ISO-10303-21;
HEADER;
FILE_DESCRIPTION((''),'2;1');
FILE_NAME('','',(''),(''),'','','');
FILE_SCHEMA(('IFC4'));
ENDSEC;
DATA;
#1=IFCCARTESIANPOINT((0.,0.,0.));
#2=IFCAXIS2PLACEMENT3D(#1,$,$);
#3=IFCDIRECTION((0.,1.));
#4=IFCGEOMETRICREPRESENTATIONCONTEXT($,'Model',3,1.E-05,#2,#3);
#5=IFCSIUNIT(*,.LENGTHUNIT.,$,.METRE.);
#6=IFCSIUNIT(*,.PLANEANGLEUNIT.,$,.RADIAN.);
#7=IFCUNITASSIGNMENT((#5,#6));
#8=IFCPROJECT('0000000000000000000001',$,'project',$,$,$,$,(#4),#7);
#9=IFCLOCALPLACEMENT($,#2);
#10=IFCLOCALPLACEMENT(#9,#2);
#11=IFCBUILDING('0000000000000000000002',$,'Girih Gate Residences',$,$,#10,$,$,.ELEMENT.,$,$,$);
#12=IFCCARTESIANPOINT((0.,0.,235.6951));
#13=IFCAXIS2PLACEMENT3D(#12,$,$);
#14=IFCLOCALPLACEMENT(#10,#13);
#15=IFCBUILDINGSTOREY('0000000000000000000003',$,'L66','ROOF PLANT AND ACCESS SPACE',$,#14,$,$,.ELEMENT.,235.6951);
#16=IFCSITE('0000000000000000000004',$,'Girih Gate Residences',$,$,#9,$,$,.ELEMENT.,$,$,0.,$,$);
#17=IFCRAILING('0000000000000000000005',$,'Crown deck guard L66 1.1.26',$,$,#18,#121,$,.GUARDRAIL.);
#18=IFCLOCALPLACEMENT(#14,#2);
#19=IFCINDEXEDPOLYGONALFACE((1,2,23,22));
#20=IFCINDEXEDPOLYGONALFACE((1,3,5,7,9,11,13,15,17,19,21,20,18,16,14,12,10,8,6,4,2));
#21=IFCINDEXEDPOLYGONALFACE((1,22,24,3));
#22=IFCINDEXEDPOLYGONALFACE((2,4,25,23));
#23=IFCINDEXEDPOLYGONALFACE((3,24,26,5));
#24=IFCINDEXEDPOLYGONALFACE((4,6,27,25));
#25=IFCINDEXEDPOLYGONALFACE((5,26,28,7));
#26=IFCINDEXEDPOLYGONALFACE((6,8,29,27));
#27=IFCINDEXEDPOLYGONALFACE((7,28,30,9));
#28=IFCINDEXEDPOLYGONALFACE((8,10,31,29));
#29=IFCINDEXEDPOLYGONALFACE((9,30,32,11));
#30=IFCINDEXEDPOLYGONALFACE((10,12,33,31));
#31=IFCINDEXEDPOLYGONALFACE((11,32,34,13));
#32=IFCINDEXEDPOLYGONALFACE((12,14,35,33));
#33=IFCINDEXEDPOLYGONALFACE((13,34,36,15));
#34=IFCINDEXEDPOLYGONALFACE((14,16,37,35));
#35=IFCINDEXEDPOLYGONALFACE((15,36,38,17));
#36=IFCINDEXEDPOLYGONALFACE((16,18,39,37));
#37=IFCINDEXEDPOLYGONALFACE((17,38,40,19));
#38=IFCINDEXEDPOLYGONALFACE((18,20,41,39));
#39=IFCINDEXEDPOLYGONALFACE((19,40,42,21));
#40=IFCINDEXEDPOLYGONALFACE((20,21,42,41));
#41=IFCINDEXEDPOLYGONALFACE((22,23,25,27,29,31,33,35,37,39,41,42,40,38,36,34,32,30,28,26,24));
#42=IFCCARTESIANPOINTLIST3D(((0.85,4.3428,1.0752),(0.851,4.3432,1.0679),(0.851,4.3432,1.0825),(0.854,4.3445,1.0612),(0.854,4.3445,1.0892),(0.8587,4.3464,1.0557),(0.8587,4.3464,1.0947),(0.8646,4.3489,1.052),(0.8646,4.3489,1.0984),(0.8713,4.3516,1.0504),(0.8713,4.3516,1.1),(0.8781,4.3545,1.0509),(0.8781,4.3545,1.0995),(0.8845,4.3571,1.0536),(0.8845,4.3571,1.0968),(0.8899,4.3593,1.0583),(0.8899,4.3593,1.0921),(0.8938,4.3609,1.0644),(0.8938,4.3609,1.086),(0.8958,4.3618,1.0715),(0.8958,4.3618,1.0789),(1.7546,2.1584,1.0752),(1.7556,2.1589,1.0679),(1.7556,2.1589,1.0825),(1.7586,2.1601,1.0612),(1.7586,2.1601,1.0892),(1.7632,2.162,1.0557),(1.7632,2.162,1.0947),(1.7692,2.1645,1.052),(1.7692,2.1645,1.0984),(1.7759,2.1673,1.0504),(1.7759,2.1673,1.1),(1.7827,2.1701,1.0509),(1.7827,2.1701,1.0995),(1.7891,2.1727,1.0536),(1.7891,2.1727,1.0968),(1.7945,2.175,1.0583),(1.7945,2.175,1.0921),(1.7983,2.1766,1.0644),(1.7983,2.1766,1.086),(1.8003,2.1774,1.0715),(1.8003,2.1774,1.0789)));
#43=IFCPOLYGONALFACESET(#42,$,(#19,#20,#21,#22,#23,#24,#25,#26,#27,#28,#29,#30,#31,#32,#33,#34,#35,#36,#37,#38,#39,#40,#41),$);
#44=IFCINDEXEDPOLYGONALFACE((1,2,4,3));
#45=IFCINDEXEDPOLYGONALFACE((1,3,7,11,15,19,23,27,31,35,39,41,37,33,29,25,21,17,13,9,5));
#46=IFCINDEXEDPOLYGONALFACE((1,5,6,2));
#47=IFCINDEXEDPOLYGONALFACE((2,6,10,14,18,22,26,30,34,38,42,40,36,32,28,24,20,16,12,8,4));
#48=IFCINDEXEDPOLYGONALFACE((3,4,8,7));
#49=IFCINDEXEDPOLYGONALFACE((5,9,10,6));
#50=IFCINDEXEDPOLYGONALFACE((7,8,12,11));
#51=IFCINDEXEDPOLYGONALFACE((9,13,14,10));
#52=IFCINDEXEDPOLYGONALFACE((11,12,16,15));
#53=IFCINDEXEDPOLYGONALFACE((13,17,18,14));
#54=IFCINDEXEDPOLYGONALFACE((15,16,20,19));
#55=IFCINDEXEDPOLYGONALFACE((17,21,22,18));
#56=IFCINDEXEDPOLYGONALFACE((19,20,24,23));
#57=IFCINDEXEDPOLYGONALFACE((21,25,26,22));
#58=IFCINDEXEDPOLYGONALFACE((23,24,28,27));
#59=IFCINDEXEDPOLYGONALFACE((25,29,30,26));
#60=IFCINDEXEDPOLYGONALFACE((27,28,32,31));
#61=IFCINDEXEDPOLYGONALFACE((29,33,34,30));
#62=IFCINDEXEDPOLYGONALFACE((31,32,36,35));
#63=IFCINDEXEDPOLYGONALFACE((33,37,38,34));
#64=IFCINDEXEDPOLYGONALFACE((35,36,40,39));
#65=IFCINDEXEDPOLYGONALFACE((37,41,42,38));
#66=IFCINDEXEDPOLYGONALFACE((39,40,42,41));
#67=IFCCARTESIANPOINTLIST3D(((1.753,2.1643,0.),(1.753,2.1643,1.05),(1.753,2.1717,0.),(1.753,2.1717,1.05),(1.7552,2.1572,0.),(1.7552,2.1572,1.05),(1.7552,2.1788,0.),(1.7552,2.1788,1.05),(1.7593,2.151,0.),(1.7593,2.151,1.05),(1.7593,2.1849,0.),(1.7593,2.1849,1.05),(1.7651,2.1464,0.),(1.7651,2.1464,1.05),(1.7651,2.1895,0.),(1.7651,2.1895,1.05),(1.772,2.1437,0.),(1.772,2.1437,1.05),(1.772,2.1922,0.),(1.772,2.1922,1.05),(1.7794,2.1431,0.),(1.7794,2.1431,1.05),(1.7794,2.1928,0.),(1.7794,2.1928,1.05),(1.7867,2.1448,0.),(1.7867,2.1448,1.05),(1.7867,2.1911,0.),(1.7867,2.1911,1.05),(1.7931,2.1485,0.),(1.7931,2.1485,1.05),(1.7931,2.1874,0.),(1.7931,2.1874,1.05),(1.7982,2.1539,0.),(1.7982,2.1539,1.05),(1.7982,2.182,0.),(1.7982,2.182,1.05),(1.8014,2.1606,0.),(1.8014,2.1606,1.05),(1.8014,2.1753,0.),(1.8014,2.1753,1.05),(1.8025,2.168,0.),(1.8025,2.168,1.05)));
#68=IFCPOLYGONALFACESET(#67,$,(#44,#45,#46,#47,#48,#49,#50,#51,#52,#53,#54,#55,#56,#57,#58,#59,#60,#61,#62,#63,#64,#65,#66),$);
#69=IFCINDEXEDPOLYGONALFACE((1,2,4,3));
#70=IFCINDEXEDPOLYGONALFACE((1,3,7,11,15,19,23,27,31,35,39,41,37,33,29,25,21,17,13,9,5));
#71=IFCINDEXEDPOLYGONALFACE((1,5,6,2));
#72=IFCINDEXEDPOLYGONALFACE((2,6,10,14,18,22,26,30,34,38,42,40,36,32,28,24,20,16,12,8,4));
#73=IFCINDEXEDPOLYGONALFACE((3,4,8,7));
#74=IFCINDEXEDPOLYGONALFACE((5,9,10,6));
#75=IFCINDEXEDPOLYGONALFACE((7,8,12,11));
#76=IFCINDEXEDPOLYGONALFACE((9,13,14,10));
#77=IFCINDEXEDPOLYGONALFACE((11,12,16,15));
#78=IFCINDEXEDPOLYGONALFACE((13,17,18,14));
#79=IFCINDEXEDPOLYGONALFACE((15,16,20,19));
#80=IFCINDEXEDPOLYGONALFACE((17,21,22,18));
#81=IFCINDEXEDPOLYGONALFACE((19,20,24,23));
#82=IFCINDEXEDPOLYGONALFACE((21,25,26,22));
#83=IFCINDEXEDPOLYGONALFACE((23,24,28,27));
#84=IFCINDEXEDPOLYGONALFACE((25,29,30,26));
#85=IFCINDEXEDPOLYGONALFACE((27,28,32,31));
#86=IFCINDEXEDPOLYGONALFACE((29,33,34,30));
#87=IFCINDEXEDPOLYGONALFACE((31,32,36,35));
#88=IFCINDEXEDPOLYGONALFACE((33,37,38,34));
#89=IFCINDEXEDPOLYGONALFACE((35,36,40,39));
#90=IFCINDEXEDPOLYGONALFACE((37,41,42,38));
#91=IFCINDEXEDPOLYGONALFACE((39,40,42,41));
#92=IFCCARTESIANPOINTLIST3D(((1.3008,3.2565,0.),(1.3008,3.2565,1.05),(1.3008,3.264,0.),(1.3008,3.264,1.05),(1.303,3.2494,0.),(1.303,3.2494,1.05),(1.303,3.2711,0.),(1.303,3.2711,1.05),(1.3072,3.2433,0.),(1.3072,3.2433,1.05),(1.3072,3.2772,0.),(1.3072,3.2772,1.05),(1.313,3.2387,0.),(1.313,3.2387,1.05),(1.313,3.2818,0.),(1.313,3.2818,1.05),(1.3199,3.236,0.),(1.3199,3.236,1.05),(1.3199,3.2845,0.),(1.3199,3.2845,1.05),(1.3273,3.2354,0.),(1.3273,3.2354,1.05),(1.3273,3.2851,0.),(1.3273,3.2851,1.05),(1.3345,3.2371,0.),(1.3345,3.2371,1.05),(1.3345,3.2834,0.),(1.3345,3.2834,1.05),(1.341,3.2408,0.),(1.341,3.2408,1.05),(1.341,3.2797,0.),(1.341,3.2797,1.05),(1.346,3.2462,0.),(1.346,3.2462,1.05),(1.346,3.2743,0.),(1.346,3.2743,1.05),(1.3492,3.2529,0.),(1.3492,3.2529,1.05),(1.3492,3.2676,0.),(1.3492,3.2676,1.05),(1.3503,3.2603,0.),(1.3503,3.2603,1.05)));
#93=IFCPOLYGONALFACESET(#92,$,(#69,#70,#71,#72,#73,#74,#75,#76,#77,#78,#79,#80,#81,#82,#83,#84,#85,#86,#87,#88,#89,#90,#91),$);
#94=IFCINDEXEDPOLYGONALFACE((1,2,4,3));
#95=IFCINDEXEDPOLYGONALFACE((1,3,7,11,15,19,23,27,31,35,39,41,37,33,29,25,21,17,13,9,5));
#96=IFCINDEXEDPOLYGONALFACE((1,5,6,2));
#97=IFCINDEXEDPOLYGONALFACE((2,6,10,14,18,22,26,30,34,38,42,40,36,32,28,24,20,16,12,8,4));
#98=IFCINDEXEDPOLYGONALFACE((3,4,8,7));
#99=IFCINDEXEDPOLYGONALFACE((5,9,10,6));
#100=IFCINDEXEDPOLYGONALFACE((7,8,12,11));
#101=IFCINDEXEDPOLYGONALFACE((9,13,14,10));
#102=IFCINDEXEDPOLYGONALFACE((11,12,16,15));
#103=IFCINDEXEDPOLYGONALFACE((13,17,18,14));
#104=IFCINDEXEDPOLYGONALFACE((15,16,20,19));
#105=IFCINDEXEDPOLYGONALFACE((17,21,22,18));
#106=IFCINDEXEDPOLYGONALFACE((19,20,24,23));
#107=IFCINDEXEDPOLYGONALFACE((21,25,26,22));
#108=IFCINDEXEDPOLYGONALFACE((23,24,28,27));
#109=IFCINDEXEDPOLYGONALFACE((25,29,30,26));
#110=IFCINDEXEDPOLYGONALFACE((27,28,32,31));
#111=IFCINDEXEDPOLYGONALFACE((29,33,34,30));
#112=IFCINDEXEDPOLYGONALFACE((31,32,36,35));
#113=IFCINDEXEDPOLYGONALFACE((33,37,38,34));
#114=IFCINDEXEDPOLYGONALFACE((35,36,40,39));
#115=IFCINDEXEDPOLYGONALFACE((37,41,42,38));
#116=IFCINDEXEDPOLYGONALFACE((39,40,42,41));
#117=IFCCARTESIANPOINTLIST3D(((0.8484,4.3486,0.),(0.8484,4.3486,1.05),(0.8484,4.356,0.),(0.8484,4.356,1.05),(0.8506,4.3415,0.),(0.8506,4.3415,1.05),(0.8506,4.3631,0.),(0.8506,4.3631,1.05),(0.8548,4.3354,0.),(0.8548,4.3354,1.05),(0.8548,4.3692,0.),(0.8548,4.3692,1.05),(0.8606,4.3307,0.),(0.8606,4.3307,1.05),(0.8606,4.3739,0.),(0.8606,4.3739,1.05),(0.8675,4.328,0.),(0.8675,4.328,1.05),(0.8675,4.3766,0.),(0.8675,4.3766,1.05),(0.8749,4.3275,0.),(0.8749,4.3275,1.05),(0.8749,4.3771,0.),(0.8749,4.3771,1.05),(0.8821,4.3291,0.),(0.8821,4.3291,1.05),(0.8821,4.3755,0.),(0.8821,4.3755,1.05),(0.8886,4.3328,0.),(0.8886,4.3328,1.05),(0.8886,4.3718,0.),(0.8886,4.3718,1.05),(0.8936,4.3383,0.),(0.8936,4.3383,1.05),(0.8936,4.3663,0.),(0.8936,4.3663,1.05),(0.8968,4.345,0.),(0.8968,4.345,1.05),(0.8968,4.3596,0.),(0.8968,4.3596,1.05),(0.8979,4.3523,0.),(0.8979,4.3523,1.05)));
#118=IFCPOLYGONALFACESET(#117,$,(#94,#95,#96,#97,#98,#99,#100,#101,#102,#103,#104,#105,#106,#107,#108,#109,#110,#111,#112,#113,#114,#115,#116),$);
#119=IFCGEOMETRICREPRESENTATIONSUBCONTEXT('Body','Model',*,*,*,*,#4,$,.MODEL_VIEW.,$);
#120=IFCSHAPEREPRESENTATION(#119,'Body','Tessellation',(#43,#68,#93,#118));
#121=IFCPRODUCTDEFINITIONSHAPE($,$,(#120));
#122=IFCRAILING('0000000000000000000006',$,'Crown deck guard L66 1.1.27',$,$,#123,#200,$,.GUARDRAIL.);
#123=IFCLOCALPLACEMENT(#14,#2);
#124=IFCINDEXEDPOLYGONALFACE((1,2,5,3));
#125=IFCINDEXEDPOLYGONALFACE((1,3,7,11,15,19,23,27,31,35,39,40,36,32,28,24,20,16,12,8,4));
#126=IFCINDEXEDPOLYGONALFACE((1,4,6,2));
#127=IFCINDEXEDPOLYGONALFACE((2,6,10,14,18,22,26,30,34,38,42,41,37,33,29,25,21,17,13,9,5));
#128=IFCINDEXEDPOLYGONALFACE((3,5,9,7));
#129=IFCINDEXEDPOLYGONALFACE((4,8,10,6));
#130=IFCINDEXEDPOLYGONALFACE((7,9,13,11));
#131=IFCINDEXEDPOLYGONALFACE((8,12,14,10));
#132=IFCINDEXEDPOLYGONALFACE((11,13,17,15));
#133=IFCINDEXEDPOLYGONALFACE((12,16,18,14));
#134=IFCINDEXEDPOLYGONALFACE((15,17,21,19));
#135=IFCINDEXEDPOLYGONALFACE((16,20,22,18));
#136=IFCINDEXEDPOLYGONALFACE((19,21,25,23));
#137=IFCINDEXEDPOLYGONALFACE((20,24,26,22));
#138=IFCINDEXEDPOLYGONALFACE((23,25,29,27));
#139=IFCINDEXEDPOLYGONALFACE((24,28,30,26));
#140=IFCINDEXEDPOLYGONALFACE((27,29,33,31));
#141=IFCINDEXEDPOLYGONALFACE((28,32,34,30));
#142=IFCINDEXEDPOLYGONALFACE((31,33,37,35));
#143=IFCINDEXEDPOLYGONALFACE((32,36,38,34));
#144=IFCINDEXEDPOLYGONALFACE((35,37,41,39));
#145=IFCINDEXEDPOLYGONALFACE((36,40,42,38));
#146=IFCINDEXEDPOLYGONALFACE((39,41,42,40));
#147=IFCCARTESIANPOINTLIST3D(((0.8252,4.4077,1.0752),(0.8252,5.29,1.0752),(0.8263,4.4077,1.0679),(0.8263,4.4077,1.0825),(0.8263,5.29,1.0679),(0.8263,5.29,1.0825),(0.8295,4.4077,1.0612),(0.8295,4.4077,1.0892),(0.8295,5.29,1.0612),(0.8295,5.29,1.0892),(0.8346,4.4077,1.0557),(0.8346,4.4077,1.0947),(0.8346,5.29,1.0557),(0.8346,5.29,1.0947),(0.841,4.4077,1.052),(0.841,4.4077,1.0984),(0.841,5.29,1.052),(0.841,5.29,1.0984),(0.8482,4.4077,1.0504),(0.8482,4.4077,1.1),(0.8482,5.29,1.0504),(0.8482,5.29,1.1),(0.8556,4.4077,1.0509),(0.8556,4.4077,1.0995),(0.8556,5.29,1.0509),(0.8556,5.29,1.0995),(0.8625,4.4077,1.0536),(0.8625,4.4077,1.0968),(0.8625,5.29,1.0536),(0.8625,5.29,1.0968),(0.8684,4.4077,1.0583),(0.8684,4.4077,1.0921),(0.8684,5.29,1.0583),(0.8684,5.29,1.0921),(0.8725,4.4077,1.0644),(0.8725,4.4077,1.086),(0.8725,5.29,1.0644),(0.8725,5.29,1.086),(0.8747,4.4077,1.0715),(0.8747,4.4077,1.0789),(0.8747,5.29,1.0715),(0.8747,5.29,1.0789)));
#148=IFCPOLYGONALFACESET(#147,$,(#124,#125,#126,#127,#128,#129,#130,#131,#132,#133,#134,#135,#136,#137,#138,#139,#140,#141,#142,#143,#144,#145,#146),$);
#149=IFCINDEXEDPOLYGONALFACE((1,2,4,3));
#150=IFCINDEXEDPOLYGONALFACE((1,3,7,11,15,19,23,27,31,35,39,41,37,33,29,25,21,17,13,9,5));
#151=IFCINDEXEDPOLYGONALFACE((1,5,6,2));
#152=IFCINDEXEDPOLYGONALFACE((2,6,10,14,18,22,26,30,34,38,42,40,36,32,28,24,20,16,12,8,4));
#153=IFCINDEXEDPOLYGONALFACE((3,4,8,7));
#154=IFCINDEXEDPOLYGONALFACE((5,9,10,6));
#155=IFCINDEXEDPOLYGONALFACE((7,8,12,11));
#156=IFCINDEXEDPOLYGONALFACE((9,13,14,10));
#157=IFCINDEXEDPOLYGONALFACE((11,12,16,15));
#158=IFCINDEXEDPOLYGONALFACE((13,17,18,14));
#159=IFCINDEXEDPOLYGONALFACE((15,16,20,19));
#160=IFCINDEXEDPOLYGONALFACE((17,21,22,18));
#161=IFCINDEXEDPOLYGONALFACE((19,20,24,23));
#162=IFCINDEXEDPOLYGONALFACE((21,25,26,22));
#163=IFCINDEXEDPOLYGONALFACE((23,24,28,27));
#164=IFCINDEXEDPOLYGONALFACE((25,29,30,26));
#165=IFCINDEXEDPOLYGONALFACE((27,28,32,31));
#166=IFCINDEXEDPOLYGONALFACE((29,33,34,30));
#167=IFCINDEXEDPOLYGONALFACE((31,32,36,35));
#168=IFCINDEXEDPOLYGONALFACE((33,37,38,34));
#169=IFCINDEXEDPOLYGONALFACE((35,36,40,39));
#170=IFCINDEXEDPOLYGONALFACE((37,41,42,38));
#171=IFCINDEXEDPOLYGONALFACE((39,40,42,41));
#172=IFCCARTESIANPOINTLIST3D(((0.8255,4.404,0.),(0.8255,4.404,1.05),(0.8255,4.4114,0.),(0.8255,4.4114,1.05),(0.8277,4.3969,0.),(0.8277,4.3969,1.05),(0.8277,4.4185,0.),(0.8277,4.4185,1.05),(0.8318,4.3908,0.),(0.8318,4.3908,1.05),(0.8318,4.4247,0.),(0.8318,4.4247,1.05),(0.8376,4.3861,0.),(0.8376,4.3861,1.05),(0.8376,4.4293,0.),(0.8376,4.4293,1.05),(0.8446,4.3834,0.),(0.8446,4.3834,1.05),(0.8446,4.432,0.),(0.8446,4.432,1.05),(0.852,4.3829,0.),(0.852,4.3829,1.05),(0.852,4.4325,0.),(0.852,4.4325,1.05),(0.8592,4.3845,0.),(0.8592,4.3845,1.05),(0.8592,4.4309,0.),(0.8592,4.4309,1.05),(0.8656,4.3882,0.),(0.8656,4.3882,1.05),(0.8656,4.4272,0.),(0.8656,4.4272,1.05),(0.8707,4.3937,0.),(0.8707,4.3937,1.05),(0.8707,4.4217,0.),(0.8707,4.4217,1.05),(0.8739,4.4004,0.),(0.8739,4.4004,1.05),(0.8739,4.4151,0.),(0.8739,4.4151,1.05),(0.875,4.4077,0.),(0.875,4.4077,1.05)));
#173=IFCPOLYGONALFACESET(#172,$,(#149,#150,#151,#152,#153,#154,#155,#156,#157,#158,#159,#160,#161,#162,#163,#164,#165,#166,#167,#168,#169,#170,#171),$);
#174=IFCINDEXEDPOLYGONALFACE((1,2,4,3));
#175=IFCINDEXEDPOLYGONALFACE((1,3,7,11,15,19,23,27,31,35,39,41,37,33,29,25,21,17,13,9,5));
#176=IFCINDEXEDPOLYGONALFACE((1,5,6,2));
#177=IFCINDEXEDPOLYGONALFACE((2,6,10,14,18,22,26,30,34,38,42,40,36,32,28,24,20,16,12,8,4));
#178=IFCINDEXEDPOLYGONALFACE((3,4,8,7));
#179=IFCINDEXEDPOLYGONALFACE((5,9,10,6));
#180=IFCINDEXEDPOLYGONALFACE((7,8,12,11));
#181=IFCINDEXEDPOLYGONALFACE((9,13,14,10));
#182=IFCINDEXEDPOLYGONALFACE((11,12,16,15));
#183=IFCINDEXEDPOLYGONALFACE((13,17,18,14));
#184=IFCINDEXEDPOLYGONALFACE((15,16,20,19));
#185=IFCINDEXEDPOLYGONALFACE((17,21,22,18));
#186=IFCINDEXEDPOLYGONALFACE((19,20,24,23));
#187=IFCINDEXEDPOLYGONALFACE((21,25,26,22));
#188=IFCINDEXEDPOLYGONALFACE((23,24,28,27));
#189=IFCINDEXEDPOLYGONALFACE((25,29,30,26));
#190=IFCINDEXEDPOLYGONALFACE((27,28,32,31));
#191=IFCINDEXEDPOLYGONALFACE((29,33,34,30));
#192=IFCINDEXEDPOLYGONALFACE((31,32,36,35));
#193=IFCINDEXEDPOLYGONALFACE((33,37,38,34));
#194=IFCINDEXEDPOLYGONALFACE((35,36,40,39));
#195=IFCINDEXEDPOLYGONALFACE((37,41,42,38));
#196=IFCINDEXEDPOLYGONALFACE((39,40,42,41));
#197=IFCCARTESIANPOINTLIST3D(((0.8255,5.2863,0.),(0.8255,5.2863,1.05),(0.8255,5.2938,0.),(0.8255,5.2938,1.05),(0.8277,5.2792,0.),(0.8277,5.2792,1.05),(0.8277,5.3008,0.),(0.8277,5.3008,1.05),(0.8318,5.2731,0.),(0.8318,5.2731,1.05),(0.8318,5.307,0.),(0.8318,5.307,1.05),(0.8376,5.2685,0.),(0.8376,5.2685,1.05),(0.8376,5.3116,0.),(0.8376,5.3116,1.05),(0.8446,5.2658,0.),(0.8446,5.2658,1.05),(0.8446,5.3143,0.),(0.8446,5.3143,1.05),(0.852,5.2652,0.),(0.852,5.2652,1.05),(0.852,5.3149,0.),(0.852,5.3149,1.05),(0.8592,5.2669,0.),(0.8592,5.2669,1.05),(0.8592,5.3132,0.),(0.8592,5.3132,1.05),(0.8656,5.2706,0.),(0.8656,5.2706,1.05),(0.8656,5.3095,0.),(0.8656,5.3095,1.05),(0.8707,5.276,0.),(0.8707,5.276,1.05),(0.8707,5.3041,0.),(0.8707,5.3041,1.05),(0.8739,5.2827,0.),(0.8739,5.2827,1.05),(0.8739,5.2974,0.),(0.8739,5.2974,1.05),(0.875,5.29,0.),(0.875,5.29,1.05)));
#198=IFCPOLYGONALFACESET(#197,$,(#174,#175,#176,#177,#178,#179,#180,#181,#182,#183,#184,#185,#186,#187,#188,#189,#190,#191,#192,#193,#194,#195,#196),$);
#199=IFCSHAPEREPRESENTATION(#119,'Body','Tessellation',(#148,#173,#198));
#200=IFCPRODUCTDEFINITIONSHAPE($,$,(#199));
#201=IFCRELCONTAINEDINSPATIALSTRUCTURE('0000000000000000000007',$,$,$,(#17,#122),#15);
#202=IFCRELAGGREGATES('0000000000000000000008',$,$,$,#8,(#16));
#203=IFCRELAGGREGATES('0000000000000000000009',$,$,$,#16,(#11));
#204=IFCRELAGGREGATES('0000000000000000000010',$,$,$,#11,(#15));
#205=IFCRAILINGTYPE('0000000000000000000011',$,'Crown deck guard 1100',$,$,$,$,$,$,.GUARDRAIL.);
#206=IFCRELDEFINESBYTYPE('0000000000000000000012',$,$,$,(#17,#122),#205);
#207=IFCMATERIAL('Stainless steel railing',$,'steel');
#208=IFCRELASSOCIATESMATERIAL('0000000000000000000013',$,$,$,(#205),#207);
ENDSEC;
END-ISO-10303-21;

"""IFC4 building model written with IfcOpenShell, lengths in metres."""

from ifc_helpers import new_model, si_unit, direction, frame, origin, origin_2d, place, context, subcontext, project, spatial, circle, extrude, material, type_object, element, save


model = new_model("IFC4")

# Units and contexts
model_context = context("Model", 3, precision=1e-05, world=origin(), true_north=direction((0.0, 1.0)))
body_context = subcontext(model_context, "Body", "Model", "MODEL_VIEW")
ifc_project = project(units=[si_unit("LENGTHUNIT", "METRE"), si_unit("PLANEANGLEUNIT", "RADIAN")], contexts=[model_context])

# Site, building, storey
site_placement = place(None, origin())
site = spatial("IfcSite", under=ifc_project, at=site_placement, Name="Girih Gate Residences", CompositionType="ELEMENT", RefElevation=0.0)
building_placement = place(site_placement, origin())
building = spatial("IfcBuilding", under=site, at=building_placement, Name="Girih Gate Residences", CompositionType="ELEMENT")
storey_placement = place(building_placement, frame((0.0, 0.0, 235.6951)))
storey = spatial("IfcBuildingStorey", under=building, at=storey_placement, Name="L66", Description="ROOF PLANT AND ACCESS SPACE", CompositionType="ELEMENT", Elevation=235.6951)

# Railings
ifc_material_1 = material(Name="Stainless steel railing", Category="steel")
railing_type = type_object("IfcRailingType", Name="Crown deck guard 1100", PredefinedType="GUARDRAIL", material=ifc_material_1)
railing_1_placement = place(storey_placement, frame((1.7776, 2.168, 0.0)))
element("IfcRailing", 1, at=railing_1_placement, inside=storey, type_object=railing_type, Name="Crown deck guard L66 1.1.26", PredefinedType="GUARDRAIL", context=body_context, shape_type="SweptSolid", body=[
    extrude(circle(Radius=0.0249, at=origin_2d()), frame((0.0, 0.0, 1.0752), z_axis=(-0.382598, 0.923915, 0.0), x_axis=(-0.923915, -0.382598, 0.0)), (0.0, 0.0, 1.0), 2.3643),
    extrude(circle(Radius=0.0249, at=origin_2d()), origin(), (0.0, 0.0, 1.0), 1.05),
    extrude(circle(Radius=0.0249, at=origin_2d()), frame((-0.4521, 1.0923, 0.0)), (0.0, 0.0, 1.0), 1.05),
    extrude(circle(Radius=0.0249, at=origin_2d()), frame((-0.9045, 2.1843, 0.0)), (0.0, 0.0, 1.0), 1.05),
])
railing_2_placement = place(storey_placement, frame((0.8501, 4.4077, 0.0)))
element("IfcRailing", 2, at=railing_2_placement, inside=storey, type_object=railing_type, Name="Crown deck guard L66 1.1.27", PredefinedType="GUARDRAIL", context=body_context, shape_type="SweptSolid", body=[
    extrude(circle(Radius=0.0249, at=origin_2d()), frame((0.0, 0.0, 1.0752), z_axis=(0.0, 1.0, 0.0), x_axis=(-1.0, 0.0, 0.0)), (0.0, 0.0, 1.0), 0.8823),
    extrude(circle(Radius=0.0249, at=origin_2d()), origin(), (0.0, 0.0, 1.0), 1.05),
    extrude(circle(Radius=0.0249, at=origin_2d()), frame((0.0, 0.8823, 0.0)), (0.0, 0.0, 1.0), 1.05),
])

save(model, "model.ifc")
